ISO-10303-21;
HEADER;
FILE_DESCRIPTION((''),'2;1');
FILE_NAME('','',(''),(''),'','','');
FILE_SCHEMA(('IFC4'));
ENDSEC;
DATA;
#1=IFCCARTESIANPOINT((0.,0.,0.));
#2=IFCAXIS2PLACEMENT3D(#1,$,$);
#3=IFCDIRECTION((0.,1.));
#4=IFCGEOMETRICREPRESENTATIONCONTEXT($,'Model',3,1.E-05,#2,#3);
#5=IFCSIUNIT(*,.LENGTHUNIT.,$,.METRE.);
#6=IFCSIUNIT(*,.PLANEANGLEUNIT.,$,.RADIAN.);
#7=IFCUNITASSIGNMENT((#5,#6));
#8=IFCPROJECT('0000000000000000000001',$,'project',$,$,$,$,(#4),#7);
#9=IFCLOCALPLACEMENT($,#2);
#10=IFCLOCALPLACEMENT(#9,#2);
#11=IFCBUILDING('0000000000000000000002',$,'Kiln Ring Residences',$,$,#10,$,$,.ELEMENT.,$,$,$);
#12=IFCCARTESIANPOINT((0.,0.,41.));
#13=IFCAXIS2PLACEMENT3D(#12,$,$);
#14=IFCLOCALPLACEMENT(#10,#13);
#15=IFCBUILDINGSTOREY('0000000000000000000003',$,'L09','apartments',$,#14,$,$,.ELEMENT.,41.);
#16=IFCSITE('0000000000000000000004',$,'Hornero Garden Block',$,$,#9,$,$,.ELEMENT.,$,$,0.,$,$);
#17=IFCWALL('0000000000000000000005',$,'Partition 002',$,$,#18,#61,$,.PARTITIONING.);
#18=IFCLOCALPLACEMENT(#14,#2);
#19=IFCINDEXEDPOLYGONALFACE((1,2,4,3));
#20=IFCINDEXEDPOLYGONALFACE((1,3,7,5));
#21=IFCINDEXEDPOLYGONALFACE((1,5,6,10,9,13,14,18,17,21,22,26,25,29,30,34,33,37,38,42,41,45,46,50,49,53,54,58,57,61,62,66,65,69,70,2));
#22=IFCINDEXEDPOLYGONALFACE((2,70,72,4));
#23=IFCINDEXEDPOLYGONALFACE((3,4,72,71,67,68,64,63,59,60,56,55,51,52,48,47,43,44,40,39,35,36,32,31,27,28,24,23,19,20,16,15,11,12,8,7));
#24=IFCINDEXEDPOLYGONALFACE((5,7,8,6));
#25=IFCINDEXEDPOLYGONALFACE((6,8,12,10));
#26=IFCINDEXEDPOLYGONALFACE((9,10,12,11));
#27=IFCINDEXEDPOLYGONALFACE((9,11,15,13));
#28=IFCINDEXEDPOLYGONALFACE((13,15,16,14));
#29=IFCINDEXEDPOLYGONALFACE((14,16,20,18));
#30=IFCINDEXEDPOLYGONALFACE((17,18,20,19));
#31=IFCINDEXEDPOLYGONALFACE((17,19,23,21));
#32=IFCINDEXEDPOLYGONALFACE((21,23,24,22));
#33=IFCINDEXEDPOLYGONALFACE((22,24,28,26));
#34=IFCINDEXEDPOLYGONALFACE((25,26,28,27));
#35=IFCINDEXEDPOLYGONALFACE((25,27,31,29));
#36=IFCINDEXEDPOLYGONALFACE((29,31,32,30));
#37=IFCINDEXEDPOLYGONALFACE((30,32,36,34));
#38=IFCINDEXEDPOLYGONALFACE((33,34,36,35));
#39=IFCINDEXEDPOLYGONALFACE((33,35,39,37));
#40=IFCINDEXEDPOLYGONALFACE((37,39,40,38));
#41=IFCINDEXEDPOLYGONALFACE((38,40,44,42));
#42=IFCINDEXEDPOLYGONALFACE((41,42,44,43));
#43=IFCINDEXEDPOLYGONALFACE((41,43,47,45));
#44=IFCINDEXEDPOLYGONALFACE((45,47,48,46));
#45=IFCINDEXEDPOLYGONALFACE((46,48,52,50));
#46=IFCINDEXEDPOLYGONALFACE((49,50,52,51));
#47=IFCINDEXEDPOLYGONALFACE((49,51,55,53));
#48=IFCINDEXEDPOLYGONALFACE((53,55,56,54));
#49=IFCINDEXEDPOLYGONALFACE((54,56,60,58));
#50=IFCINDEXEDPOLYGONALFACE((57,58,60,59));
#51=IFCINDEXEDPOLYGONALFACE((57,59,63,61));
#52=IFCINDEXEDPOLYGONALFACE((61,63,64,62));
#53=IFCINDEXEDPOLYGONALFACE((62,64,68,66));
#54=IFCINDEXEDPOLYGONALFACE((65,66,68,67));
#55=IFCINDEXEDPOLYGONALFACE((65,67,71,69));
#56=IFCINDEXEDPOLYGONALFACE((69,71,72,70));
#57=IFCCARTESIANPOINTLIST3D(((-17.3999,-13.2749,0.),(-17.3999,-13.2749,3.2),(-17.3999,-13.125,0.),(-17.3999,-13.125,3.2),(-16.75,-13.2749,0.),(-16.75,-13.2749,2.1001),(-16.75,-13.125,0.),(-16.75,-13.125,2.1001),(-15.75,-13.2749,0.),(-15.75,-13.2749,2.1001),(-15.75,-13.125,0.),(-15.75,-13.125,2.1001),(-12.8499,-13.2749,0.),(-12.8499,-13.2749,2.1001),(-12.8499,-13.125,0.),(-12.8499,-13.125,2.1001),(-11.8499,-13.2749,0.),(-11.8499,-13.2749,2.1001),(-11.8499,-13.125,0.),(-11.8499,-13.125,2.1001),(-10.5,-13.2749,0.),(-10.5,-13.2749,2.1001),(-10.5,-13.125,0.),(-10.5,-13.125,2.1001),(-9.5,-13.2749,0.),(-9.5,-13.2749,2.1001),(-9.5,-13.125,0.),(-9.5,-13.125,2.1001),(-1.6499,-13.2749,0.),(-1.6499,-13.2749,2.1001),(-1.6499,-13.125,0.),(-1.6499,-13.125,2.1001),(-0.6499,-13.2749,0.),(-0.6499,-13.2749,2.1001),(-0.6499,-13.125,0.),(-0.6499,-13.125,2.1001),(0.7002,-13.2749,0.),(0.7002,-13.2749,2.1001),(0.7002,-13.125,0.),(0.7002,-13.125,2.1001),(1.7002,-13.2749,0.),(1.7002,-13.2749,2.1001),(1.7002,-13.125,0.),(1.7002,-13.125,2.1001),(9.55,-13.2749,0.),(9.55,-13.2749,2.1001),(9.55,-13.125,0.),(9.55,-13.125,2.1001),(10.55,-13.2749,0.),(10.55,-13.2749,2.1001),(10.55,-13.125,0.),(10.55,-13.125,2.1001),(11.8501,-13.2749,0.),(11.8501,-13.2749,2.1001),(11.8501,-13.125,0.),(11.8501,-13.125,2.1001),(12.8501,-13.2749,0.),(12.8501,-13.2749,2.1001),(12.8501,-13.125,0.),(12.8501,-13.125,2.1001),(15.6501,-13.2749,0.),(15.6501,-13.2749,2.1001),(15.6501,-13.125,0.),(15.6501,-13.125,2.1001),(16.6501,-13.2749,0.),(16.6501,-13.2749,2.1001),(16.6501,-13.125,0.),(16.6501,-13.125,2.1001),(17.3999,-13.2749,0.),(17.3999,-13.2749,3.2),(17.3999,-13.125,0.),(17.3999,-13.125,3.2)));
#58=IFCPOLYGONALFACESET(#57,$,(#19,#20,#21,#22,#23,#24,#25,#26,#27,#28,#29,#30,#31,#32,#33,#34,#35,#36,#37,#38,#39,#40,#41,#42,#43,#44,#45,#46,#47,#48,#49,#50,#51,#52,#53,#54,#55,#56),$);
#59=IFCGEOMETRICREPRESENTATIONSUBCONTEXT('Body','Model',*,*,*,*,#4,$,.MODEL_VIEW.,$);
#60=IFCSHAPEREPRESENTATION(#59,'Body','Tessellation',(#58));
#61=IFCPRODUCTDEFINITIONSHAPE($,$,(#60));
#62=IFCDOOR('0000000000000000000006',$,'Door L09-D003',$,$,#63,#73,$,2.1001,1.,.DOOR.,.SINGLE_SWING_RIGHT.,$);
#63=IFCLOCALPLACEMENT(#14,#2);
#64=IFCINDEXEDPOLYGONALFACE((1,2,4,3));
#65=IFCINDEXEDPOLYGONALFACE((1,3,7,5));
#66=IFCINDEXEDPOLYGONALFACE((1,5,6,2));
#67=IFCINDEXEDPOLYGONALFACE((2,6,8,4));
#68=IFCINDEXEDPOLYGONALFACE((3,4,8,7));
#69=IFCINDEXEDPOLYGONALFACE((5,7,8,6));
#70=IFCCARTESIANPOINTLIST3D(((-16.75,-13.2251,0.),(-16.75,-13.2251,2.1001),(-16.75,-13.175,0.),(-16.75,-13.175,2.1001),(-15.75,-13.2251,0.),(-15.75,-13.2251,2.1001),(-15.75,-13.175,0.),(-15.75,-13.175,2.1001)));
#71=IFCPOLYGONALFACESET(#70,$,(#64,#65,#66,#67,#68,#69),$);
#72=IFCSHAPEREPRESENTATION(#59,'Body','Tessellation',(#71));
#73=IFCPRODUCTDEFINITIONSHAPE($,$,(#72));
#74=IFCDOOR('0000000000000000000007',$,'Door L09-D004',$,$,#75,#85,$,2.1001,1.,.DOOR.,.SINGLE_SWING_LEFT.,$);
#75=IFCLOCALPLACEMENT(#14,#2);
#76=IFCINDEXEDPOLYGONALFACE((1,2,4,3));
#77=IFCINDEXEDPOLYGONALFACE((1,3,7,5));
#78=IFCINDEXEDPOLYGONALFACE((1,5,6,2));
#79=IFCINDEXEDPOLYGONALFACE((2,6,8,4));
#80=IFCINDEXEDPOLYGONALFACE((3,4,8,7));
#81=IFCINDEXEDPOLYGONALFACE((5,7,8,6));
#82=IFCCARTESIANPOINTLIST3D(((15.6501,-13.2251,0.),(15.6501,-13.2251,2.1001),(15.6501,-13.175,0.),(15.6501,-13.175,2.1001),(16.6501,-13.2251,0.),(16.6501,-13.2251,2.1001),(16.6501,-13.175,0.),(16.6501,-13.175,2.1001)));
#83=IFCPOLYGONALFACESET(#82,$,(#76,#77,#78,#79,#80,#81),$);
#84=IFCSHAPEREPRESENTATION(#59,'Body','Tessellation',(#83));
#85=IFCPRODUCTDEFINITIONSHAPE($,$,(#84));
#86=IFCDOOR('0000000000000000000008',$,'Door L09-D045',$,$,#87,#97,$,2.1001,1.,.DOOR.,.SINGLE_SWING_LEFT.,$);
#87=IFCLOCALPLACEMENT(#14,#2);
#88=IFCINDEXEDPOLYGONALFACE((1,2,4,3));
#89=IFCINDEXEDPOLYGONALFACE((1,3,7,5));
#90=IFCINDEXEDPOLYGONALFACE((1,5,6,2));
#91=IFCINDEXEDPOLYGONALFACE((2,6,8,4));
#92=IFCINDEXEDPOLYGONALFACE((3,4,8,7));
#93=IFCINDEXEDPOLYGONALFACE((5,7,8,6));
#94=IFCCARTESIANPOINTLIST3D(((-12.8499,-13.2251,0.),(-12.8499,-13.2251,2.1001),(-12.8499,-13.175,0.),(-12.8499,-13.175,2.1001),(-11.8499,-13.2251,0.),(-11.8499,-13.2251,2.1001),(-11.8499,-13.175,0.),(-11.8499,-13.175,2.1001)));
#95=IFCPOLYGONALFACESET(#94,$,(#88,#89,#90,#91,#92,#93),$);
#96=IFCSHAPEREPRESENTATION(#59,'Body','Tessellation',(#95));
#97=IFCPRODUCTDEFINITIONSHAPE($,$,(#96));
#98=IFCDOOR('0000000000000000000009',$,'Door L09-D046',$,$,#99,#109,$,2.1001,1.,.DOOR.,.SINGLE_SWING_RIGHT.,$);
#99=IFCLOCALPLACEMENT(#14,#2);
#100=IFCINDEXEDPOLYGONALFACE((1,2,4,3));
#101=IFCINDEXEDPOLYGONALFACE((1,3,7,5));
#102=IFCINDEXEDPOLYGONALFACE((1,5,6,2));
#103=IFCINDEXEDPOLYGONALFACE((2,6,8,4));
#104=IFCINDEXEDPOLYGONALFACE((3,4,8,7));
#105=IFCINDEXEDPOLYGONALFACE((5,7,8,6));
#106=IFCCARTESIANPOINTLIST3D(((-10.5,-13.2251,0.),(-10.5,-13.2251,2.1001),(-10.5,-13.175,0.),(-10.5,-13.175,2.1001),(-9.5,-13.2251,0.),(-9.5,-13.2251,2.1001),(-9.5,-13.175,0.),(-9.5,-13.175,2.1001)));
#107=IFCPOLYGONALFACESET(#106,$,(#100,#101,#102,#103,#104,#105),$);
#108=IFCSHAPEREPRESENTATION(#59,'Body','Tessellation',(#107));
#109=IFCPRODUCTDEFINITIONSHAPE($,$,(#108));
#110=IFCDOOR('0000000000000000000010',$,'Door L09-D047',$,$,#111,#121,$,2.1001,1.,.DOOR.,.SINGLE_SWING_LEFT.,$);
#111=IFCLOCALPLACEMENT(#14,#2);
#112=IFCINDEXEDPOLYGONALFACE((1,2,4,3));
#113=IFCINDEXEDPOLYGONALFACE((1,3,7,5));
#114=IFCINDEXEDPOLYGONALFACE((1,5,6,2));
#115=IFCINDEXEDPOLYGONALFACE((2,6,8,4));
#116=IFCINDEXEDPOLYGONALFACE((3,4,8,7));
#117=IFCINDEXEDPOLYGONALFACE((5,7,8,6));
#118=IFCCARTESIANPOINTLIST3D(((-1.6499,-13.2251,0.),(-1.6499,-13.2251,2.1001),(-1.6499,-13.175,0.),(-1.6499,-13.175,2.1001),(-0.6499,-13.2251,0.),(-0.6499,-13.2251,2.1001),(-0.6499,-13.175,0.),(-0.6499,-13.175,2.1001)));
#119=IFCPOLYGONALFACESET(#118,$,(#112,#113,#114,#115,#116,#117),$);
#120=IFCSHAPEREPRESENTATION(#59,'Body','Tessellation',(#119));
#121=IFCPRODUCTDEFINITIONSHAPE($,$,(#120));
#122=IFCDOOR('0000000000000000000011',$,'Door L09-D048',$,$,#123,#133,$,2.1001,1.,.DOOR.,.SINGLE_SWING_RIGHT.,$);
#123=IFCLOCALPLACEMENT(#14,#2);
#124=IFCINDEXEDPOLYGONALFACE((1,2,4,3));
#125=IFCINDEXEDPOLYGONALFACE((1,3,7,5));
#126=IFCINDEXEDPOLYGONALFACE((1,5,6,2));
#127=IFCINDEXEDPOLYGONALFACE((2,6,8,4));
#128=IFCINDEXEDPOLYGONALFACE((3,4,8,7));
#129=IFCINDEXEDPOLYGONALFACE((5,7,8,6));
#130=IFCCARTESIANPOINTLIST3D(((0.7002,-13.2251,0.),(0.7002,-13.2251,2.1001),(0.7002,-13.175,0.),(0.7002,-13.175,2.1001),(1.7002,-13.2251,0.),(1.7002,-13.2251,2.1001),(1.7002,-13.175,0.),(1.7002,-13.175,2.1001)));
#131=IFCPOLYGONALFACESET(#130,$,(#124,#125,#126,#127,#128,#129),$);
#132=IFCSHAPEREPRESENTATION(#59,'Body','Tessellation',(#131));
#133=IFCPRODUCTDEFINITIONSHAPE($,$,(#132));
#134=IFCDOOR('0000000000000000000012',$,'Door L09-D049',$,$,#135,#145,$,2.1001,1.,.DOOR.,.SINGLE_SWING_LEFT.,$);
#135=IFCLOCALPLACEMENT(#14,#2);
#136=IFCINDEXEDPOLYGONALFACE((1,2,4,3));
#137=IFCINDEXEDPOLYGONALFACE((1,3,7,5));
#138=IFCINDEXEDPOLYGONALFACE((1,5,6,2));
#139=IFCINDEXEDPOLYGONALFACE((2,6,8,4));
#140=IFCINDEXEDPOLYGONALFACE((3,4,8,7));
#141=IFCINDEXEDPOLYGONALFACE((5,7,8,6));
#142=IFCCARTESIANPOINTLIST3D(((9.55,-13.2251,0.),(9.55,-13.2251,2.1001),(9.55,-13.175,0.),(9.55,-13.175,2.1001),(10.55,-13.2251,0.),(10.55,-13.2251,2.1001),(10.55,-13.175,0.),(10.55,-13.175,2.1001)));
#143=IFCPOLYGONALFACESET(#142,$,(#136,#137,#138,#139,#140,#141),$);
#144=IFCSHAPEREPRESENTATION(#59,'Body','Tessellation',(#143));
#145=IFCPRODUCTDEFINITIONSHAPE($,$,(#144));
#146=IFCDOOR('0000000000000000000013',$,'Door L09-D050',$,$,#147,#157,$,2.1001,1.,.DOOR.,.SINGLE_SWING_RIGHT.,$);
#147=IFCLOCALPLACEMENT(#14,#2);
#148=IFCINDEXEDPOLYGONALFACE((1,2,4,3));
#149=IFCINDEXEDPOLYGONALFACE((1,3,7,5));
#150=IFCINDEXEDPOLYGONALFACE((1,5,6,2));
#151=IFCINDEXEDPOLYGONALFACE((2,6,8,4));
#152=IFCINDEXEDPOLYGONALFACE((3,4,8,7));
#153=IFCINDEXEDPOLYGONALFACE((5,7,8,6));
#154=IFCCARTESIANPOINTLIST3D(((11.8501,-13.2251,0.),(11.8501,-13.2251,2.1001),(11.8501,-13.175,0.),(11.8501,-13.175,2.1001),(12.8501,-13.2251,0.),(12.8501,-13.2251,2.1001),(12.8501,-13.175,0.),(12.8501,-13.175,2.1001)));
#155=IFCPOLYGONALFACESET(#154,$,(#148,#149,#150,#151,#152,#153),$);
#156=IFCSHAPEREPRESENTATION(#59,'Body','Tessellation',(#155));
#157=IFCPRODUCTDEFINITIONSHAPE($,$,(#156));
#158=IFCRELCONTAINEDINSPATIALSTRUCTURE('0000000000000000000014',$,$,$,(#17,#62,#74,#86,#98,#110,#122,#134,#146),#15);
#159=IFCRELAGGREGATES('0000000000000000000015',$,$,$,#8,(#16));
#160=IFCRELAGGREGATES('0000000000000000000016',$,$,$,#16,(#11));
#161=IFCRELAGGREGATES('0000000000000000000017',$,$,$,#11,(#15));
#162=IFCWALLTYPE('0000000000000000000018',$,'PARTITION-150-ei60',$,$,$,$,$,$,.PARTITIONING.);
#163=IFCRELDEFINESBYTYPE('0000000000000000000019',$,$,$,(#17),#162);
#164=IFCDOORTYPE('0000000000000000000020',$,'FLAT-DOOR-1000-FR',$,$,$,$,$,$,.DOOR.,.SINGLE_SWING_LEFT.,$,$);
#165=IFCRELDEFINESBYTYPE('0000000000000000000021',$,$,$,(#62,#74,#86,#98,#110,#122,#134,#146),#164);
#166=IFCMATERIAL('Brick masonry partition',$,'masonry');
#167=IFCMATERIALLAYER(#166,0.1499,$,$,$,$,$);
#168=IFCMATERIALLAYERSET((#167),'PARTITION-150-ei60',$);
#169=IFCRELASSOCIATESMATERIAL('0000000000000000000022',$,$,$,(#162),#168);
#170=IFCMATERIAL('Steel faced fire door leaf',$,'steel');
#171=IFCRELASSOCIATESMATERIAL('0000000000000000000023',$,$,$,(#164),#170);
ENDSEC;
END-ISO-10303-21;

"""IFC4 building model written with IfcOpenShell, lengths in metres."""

from ifc_helpers import new_model, si_unit, direction, frame, frame_2d, origin, place, context, subcontext, project, spatial, rectangle, extrude, material, layer, layer_set, type_object, element, fill, save


model = new_model("IFC4")

# Units and contexts
model_context = context("Model", 3, precision=1e-05, world=origin(), true_north=direction((0.0, 1.0)))
body_context = subcontext(model_context, "Body", "Model", "MODEL_VIEW")
ifc_project = project(units=[si_unit("LENGTHUNIT", "METRE"), si_unit("PLANEANGLEUNIT", "RADIAN")], contexts=[model_context])

# Site, building, storey
site_placement = place(None, origin())
site = spatial("IfcSite", under=ifc_project, at=site_placement, Name="Hornero Garden Block", CompositionType="ELEMENT", RefElevation=0.0)
building_placement = place(site_placement, origin())
building = spatial("IfcBuilding", under=site, at=building_placement, Name="Kiln Ring Residences", CompositionType="ELEMENT")
storey_placement = place(building_placement, frame((0.0, 0.0, 41.0)))
storey = spatial("IfcBuildingStorey", under=building, at=storey_placement, Name="L09", Description="apartments", CompositionType="ELEMENT", Elevation=41.0)

# Wall, openings, doors
ifc_material_1 = material(Name="Brick masonry partition", Category="masonry")
ifc_layer_1 = layer(ifc_material_1, 0.1499)
ifc_layer_set_1 = layer_set([ifc_layer_1], Name="PARTITION-150-ei60")
wall_type_1 = type_object("IfcWallType", Name="PARTITION-150-ei60", PredefinedType="PARTITIONING", material=ifc_layer_set_1)
wall_1_placement = place(storey_placement, frame((-17.3999, -13.2, 0.0), z_axis=(0.0, 0.0, 1.0), x_axis=(1.0, 0.0, 0.0)))
wall_1 = element("IfcWall", 1, at=wall_1_placement, inside=storey, type_object=wall_type_1, Name="Partition 002", PredefinedType="PARTITIONING", context=body_context, shape_type="SweptSolid", body=[
    extrude(rectangle(XDim=34.7998, YDim=0.1499, at=frame_2d((17.3999, 0.0))), origin(), (0.0, 0.0, 1.0), 3.2),
])
opening_1_placement = place(wall_1_placement, frame((0.6499, 0.0, 0.0)))
opening_1 = element("IfcOpeningElement", 2, at=opening_1_placement, cuts=wall_1, PredefinedType="OPENING", context=body_context, shape_type="SweptSolid", body=[
    extrude(rectangle(XDim=1.0, YDim=2.1001, at=frame_2d((0.5, 1.05))), frame((0.0, 0.085, 0.0), z_axis=(0.0, -1.0, 0.0), x_axis=(1.0, 0.0, 0.0)), (0.0, 0.0, 1.0), 0.1699),
])
opening_2_placement = place(wall_1_placement, frame((33.05, 0.0, 0.0)))
opening_2 = element("IfcOpeningElement", 3, at=opening_2_placement, cuts=wall_1, PredefinedType="OPENING", context=body_context, shape_type="SweptSolid", body=[
    extrude(rectangle(XDim=1.0, YDim=2.1001, at=frame_2d((0.5, 1.05))), frame((0.0, 0.085, 0.0), z_axis=(0.0, -1.0, 0.0), x_axis=(1.0, 0.0, 0.0)), (0.0, 0.0, 1.0), 0.1699),
])
opening_3_placement = place(wall_1_placement, frame((4.55, 0.0, 0.0)))
opening_3 = element("IfcOpeningElement", 4, at=opening_3_placement, cuts=wall_1, PredefinedType="OPENING", context=body_context, shape_type="SweptSolid", body=[
    extrude(rectangle(XDim=1.0, YDim=2.1001, at=frame_2d((0.5, 1.05))), frame((0.0, 0.085, 0.0), z_axis=(0.0, -1.0, 0.0), x_axis=(1.0, 0.0, 0.0)), (0.0, 0.0, 1.0), 0.1699),
])
opening_4_placement = place(wall_1_placement, frame((6.8999, 0.0, 0.0)))
opening_4 = element("IfcOpeningElement", 5, at=opening_4_placement, cuts=wall_1, PredefinedType="OPENING", context=body_context, shape_type="SweptSolid", body=[
    extrude(rectangle(XDim=1.0, YDim=2.1001, at=frame_2d((0.5, 1.05))), frame((0.0, 0.085, 0.0), z_axis=(0.0, -1.0, 0.0), x_axis=(1.0, 0.0, 0.0)), (0.0, 0.0, 1.0), 0.1699),
])
opening_5_placement = place(wall_1_placement, frame((15.75, 0.0, 0.0)))
opening_5 = element("IfcOpeningElement", 6, at=opening_5_placement, cuts=wall_1, PredefinedType="OPENING", context=body_context, shape_type="SweptSolid", body=[
    extrude(rectangle(XDim=1.0, YDim=2.1001, at=frame_2d((0.5, 1.05))), frame((0.0, 0.085, 0.0), z_axis=(0.0, -1.0, 0.0), x_axis=(1.0, 0.0, 0.0)), (0.0, 0.0, 1.0), 0.1699),
])
opening_6_placement = place(wall_1_placement, frame((18.1001, 0.0, 0.0)))
opening_6 = element("IfcOpeningElement", 7, at=opening_6_placement, cuts=wall_1, PredefinedType="OPENING", context=body_context, shape_type="SweptSolid", body=[
    extrude(rectangle(XDim=1.0, YDim=2.1001, at=frame_2d((0.5, 1.05))), frame((0.0, 0.085, 0.0), z_axis=(0.0, -1.0, 0.0), x_axis=(1.0, 0.0, 0.0)), (0.0, 0.0, 1.0), 0.1699),
])
opening_7_placement = place(wall_1_placement, frame((26.95, 0.0, 0.0)))
opening_7 = element("IfcOpeningElement", 8, at=opening_7_placement, cuts=wall_1, PredefinedType="OPENING", context=body_context, shape_type="SweptSolid", body=[
    extrude(rectangle(XDim=1.0, YDim=2.1001, at=frame_2d((0.5, 1.05))), frame((0.0, 0.085, 0.0), z_axis=(0.0, -1.0, 0.0), x_axis=(1.0, 0.0, 0.0)), (0.0, 0.0, 1.0), 0.1699),
])
opening_8_placement = place(wall_1_placement, frame((29.25, 0.0, 0.0)))
opening_8 = element("IfcOpeningElement", 9, at=opening_8_placement, cuts=wall_1, PredefinedType="OPENING", context=body_context, shape_type="SweptSolid", body=[
    extrude(rectangle(XDim=1.0, YDim=2.1001, at=frame_2d((0.5, 1.05))), frame((0.0, 0.085, 0.0), z_axis=(0.0, -1.0, 0.0), x_axis=(1.0, 0.0, 0.0)), (0.0, 0.0, 1.0), 0.1699),
])
ifc_material_2 = material(Name="Steel faced fire door leaf", Category="steel")
door_type_1 = type_object("IfcDoorType", Name="FLAT-DOOR-1000-FR", OperationType="SINGLE_SWING_LEFT", PredefinedType="DOOR", material=ifc_material_2)
door_1_placement = place(opening_1_placement, origin())
door_1 = element("IfcDoor", 10, at=door_1_placement, inside=storey, type_object=door_type_1, Name="Door L09-D003", OperationType="SINGLE_SWING_RIGHT", OverallHeight=2.1001, OverallWidth=1.0, PredefinedType="DOOR", context=body_context, shape_type="SweptSolid", body=[
    extrude(rectangle(XDim=1.0, YDim=2.1001, at=frame_2d((0.5, 1.05))), frame((0.0, 0.0249, 0.0), z_axis=(0.0, -1.0, 0.0), x_axis=(1.0, 0.0, 0.0)), (0.0, 0.0, 1.0), 0.05),
])
fill(opening_1, door_1)
door_2_placement = place(opening_2_placement, origin())
door_2 = element("IfcDoor", 11, at=door_2_placement, inside=storey, type_object=door_type_1, Name="Door L09-D004", OperationType="SINGLE_SWING_LEFT", OverallHeight=2.1001, OverallWidth=1.0, PredefinedType="DOOR", context=body_context, shape_type="SweptSolid", body=[
    extrude(rectangle(XDim=1.0, YDim=2.1001, at=frame_2d((0.5, 1.05))), frame((0.0, 0.0249, 0.0), z_axis=(0.0, -1.0, 0.0), x_axis=(1.0, 0.0, 0.0)), (0.0, 0.0, 1.0), 0.05),
])
fill(opening_2, door_2)
door_3_placement = place(opening_3_placement, origin())
door_3 = element("IfcDoor", 12, at=door_3_placement, inside=storey, type_object=door_type_1, Name="Door L09-D045", OperationType="SINGLE_SWING_LEFT", OverallHeight=2.1001, OverallWidth=1.0, PredefinedType="DOOR", context=body_context, shape_type="SweptSolid", body=[
    extrude(rectangle(XDim=1.0, YDim=2.1001, at=frame_2d((0.5, 1.05))), frame((0.0, 0.0249, 0.0), z_axis=(0.0, -1.0, 0.0), x_axis=(1.0, 0.0, 0.0)), (0.0, 0.0, 1.0), 0.05),
])
fill(opening_3, door_3)
door_4_placement = place(opening_4_placement, origin())
door_4 = element("IfcDoor", 13, at=door_4_placement, inside=storey, type_object=door_type_1, Name="Door L09-D046", OperationType="SINGLE_SWING_RIGHT", OverallHeight=2.1001, OverallWidth=1.0, PredefinedType="DOOR", context=body_context, shape_type="SweptSolid", body=[
    extrude(rectangle(XDim=1.0, YDim=2.1001, at=frame_2d((0.5, 1.05))), frame((0.0, 0.0249, 0.0), z_axis=(0.0, -1.0, 0.0), x_axis=(1.0, 0.0, 0.0)), (0.0, 0.0, 1.0), 0.05),
])
fill(opening_4, door_4)
door_5_placement = place(opening_5_placement, origin())
door_5 = element("IfcDoor", 14, at=door_5_placement, inside=storey, type_object=door_type_1, Name="Door L09-D047", OperationType="SINGLE_SWING_LEFT", OverallHeight=2.1001, OverallWidth=1.0, PredefinedType="DOOR", context=body_context, shape_type="SweptSolid", body=[
    extrude(rectangle(XDim=1.0, YDim=2.1001, at=frame_2d((0.5, 1.05))), frame((0.0, 0.0249, 0.0), z_axis=(0.0, -1.0, 0.0), x_axis=(1.0, 0.0, 0.0)), (0.0, 0.0, 1.0), 0.05),
])
fill(opening_5, door_5)
door_6_placement = place(opening_6_placement, origin())
door_6 = element("IfcDoor", 15, at=door_6_placement, inside=storey, type_object=door_type_1, Name="Door L09-D048", OperationType="SINGLE_SWING_RIGHT", OverallHeight=2.1001, OverallWidth=1.0, PredefinedType="DOOR", context=body_context, shape_type="SweptSolid", body=[
    extrude(rectangle(XDim=1.0, YDim=2.1001, at=frame_2d((0.5, 1.05))), frame((0.0, 0.0249, 0.0), z_axis=(0.0, -1.0, 0.0), x_axis=(1.0, 0.0, 0.0)), (0.0, 0.0, 1.0), 0.05),
])
fill(opening_6, door_6)
door_7_placement = place(opening_7_placement, origin())
door_7 = element("IfcDoor", 16, at=door_7_placement, inside=storey, type_object=door_type_1, Name="Door L09-D049", OperationType="SINGLE_SWING_LEFT", OverallHeight=2.1001, OverallWidth=1.0, PredefinedType="DOOR", context=body_context, shape_type="SweptSolid", body=[
    extrude(rectangle(XDim=1.0, YDim=2.1001, at=frame_2d((0.5, 1.05))), frame((0.0, 0.0249, 0.0), z_axis=(0.0, -1.0, 0.0), x_axis=(1.0, 0.0, 0.0)), (0.0, 0.0, 1.0), 0.05),
])
fill(opening_7, door_7)
door_8_placement = place(opening_8_placement, origin())
door_8 = element("IfcDoor", 17, at=door_8_placement, inside=storey, type_object=door_type_1, Name="Door L09-D050", OperationType="SINGLE_SWING_RIGHT", OverallHeight=2.1001, OverallWidth=1.0, PredefinedType="DOOR", context=body_context, shape_type="SweptSolid", body=[
    extrude(rectangle(XDim=1.0, YDim=2.1001, at=frame_2d((0.5, 1.05))), frame((0.0, 0.0249, 0.0), z_axis=(0.0, -1.0, 0.0), x_axis=(1.0, 0.0, 0.0)), (0.0, 0.0, 1.0), 0.05),
])
fill(opening_8, door_8)

save(model, "model.ifc")
